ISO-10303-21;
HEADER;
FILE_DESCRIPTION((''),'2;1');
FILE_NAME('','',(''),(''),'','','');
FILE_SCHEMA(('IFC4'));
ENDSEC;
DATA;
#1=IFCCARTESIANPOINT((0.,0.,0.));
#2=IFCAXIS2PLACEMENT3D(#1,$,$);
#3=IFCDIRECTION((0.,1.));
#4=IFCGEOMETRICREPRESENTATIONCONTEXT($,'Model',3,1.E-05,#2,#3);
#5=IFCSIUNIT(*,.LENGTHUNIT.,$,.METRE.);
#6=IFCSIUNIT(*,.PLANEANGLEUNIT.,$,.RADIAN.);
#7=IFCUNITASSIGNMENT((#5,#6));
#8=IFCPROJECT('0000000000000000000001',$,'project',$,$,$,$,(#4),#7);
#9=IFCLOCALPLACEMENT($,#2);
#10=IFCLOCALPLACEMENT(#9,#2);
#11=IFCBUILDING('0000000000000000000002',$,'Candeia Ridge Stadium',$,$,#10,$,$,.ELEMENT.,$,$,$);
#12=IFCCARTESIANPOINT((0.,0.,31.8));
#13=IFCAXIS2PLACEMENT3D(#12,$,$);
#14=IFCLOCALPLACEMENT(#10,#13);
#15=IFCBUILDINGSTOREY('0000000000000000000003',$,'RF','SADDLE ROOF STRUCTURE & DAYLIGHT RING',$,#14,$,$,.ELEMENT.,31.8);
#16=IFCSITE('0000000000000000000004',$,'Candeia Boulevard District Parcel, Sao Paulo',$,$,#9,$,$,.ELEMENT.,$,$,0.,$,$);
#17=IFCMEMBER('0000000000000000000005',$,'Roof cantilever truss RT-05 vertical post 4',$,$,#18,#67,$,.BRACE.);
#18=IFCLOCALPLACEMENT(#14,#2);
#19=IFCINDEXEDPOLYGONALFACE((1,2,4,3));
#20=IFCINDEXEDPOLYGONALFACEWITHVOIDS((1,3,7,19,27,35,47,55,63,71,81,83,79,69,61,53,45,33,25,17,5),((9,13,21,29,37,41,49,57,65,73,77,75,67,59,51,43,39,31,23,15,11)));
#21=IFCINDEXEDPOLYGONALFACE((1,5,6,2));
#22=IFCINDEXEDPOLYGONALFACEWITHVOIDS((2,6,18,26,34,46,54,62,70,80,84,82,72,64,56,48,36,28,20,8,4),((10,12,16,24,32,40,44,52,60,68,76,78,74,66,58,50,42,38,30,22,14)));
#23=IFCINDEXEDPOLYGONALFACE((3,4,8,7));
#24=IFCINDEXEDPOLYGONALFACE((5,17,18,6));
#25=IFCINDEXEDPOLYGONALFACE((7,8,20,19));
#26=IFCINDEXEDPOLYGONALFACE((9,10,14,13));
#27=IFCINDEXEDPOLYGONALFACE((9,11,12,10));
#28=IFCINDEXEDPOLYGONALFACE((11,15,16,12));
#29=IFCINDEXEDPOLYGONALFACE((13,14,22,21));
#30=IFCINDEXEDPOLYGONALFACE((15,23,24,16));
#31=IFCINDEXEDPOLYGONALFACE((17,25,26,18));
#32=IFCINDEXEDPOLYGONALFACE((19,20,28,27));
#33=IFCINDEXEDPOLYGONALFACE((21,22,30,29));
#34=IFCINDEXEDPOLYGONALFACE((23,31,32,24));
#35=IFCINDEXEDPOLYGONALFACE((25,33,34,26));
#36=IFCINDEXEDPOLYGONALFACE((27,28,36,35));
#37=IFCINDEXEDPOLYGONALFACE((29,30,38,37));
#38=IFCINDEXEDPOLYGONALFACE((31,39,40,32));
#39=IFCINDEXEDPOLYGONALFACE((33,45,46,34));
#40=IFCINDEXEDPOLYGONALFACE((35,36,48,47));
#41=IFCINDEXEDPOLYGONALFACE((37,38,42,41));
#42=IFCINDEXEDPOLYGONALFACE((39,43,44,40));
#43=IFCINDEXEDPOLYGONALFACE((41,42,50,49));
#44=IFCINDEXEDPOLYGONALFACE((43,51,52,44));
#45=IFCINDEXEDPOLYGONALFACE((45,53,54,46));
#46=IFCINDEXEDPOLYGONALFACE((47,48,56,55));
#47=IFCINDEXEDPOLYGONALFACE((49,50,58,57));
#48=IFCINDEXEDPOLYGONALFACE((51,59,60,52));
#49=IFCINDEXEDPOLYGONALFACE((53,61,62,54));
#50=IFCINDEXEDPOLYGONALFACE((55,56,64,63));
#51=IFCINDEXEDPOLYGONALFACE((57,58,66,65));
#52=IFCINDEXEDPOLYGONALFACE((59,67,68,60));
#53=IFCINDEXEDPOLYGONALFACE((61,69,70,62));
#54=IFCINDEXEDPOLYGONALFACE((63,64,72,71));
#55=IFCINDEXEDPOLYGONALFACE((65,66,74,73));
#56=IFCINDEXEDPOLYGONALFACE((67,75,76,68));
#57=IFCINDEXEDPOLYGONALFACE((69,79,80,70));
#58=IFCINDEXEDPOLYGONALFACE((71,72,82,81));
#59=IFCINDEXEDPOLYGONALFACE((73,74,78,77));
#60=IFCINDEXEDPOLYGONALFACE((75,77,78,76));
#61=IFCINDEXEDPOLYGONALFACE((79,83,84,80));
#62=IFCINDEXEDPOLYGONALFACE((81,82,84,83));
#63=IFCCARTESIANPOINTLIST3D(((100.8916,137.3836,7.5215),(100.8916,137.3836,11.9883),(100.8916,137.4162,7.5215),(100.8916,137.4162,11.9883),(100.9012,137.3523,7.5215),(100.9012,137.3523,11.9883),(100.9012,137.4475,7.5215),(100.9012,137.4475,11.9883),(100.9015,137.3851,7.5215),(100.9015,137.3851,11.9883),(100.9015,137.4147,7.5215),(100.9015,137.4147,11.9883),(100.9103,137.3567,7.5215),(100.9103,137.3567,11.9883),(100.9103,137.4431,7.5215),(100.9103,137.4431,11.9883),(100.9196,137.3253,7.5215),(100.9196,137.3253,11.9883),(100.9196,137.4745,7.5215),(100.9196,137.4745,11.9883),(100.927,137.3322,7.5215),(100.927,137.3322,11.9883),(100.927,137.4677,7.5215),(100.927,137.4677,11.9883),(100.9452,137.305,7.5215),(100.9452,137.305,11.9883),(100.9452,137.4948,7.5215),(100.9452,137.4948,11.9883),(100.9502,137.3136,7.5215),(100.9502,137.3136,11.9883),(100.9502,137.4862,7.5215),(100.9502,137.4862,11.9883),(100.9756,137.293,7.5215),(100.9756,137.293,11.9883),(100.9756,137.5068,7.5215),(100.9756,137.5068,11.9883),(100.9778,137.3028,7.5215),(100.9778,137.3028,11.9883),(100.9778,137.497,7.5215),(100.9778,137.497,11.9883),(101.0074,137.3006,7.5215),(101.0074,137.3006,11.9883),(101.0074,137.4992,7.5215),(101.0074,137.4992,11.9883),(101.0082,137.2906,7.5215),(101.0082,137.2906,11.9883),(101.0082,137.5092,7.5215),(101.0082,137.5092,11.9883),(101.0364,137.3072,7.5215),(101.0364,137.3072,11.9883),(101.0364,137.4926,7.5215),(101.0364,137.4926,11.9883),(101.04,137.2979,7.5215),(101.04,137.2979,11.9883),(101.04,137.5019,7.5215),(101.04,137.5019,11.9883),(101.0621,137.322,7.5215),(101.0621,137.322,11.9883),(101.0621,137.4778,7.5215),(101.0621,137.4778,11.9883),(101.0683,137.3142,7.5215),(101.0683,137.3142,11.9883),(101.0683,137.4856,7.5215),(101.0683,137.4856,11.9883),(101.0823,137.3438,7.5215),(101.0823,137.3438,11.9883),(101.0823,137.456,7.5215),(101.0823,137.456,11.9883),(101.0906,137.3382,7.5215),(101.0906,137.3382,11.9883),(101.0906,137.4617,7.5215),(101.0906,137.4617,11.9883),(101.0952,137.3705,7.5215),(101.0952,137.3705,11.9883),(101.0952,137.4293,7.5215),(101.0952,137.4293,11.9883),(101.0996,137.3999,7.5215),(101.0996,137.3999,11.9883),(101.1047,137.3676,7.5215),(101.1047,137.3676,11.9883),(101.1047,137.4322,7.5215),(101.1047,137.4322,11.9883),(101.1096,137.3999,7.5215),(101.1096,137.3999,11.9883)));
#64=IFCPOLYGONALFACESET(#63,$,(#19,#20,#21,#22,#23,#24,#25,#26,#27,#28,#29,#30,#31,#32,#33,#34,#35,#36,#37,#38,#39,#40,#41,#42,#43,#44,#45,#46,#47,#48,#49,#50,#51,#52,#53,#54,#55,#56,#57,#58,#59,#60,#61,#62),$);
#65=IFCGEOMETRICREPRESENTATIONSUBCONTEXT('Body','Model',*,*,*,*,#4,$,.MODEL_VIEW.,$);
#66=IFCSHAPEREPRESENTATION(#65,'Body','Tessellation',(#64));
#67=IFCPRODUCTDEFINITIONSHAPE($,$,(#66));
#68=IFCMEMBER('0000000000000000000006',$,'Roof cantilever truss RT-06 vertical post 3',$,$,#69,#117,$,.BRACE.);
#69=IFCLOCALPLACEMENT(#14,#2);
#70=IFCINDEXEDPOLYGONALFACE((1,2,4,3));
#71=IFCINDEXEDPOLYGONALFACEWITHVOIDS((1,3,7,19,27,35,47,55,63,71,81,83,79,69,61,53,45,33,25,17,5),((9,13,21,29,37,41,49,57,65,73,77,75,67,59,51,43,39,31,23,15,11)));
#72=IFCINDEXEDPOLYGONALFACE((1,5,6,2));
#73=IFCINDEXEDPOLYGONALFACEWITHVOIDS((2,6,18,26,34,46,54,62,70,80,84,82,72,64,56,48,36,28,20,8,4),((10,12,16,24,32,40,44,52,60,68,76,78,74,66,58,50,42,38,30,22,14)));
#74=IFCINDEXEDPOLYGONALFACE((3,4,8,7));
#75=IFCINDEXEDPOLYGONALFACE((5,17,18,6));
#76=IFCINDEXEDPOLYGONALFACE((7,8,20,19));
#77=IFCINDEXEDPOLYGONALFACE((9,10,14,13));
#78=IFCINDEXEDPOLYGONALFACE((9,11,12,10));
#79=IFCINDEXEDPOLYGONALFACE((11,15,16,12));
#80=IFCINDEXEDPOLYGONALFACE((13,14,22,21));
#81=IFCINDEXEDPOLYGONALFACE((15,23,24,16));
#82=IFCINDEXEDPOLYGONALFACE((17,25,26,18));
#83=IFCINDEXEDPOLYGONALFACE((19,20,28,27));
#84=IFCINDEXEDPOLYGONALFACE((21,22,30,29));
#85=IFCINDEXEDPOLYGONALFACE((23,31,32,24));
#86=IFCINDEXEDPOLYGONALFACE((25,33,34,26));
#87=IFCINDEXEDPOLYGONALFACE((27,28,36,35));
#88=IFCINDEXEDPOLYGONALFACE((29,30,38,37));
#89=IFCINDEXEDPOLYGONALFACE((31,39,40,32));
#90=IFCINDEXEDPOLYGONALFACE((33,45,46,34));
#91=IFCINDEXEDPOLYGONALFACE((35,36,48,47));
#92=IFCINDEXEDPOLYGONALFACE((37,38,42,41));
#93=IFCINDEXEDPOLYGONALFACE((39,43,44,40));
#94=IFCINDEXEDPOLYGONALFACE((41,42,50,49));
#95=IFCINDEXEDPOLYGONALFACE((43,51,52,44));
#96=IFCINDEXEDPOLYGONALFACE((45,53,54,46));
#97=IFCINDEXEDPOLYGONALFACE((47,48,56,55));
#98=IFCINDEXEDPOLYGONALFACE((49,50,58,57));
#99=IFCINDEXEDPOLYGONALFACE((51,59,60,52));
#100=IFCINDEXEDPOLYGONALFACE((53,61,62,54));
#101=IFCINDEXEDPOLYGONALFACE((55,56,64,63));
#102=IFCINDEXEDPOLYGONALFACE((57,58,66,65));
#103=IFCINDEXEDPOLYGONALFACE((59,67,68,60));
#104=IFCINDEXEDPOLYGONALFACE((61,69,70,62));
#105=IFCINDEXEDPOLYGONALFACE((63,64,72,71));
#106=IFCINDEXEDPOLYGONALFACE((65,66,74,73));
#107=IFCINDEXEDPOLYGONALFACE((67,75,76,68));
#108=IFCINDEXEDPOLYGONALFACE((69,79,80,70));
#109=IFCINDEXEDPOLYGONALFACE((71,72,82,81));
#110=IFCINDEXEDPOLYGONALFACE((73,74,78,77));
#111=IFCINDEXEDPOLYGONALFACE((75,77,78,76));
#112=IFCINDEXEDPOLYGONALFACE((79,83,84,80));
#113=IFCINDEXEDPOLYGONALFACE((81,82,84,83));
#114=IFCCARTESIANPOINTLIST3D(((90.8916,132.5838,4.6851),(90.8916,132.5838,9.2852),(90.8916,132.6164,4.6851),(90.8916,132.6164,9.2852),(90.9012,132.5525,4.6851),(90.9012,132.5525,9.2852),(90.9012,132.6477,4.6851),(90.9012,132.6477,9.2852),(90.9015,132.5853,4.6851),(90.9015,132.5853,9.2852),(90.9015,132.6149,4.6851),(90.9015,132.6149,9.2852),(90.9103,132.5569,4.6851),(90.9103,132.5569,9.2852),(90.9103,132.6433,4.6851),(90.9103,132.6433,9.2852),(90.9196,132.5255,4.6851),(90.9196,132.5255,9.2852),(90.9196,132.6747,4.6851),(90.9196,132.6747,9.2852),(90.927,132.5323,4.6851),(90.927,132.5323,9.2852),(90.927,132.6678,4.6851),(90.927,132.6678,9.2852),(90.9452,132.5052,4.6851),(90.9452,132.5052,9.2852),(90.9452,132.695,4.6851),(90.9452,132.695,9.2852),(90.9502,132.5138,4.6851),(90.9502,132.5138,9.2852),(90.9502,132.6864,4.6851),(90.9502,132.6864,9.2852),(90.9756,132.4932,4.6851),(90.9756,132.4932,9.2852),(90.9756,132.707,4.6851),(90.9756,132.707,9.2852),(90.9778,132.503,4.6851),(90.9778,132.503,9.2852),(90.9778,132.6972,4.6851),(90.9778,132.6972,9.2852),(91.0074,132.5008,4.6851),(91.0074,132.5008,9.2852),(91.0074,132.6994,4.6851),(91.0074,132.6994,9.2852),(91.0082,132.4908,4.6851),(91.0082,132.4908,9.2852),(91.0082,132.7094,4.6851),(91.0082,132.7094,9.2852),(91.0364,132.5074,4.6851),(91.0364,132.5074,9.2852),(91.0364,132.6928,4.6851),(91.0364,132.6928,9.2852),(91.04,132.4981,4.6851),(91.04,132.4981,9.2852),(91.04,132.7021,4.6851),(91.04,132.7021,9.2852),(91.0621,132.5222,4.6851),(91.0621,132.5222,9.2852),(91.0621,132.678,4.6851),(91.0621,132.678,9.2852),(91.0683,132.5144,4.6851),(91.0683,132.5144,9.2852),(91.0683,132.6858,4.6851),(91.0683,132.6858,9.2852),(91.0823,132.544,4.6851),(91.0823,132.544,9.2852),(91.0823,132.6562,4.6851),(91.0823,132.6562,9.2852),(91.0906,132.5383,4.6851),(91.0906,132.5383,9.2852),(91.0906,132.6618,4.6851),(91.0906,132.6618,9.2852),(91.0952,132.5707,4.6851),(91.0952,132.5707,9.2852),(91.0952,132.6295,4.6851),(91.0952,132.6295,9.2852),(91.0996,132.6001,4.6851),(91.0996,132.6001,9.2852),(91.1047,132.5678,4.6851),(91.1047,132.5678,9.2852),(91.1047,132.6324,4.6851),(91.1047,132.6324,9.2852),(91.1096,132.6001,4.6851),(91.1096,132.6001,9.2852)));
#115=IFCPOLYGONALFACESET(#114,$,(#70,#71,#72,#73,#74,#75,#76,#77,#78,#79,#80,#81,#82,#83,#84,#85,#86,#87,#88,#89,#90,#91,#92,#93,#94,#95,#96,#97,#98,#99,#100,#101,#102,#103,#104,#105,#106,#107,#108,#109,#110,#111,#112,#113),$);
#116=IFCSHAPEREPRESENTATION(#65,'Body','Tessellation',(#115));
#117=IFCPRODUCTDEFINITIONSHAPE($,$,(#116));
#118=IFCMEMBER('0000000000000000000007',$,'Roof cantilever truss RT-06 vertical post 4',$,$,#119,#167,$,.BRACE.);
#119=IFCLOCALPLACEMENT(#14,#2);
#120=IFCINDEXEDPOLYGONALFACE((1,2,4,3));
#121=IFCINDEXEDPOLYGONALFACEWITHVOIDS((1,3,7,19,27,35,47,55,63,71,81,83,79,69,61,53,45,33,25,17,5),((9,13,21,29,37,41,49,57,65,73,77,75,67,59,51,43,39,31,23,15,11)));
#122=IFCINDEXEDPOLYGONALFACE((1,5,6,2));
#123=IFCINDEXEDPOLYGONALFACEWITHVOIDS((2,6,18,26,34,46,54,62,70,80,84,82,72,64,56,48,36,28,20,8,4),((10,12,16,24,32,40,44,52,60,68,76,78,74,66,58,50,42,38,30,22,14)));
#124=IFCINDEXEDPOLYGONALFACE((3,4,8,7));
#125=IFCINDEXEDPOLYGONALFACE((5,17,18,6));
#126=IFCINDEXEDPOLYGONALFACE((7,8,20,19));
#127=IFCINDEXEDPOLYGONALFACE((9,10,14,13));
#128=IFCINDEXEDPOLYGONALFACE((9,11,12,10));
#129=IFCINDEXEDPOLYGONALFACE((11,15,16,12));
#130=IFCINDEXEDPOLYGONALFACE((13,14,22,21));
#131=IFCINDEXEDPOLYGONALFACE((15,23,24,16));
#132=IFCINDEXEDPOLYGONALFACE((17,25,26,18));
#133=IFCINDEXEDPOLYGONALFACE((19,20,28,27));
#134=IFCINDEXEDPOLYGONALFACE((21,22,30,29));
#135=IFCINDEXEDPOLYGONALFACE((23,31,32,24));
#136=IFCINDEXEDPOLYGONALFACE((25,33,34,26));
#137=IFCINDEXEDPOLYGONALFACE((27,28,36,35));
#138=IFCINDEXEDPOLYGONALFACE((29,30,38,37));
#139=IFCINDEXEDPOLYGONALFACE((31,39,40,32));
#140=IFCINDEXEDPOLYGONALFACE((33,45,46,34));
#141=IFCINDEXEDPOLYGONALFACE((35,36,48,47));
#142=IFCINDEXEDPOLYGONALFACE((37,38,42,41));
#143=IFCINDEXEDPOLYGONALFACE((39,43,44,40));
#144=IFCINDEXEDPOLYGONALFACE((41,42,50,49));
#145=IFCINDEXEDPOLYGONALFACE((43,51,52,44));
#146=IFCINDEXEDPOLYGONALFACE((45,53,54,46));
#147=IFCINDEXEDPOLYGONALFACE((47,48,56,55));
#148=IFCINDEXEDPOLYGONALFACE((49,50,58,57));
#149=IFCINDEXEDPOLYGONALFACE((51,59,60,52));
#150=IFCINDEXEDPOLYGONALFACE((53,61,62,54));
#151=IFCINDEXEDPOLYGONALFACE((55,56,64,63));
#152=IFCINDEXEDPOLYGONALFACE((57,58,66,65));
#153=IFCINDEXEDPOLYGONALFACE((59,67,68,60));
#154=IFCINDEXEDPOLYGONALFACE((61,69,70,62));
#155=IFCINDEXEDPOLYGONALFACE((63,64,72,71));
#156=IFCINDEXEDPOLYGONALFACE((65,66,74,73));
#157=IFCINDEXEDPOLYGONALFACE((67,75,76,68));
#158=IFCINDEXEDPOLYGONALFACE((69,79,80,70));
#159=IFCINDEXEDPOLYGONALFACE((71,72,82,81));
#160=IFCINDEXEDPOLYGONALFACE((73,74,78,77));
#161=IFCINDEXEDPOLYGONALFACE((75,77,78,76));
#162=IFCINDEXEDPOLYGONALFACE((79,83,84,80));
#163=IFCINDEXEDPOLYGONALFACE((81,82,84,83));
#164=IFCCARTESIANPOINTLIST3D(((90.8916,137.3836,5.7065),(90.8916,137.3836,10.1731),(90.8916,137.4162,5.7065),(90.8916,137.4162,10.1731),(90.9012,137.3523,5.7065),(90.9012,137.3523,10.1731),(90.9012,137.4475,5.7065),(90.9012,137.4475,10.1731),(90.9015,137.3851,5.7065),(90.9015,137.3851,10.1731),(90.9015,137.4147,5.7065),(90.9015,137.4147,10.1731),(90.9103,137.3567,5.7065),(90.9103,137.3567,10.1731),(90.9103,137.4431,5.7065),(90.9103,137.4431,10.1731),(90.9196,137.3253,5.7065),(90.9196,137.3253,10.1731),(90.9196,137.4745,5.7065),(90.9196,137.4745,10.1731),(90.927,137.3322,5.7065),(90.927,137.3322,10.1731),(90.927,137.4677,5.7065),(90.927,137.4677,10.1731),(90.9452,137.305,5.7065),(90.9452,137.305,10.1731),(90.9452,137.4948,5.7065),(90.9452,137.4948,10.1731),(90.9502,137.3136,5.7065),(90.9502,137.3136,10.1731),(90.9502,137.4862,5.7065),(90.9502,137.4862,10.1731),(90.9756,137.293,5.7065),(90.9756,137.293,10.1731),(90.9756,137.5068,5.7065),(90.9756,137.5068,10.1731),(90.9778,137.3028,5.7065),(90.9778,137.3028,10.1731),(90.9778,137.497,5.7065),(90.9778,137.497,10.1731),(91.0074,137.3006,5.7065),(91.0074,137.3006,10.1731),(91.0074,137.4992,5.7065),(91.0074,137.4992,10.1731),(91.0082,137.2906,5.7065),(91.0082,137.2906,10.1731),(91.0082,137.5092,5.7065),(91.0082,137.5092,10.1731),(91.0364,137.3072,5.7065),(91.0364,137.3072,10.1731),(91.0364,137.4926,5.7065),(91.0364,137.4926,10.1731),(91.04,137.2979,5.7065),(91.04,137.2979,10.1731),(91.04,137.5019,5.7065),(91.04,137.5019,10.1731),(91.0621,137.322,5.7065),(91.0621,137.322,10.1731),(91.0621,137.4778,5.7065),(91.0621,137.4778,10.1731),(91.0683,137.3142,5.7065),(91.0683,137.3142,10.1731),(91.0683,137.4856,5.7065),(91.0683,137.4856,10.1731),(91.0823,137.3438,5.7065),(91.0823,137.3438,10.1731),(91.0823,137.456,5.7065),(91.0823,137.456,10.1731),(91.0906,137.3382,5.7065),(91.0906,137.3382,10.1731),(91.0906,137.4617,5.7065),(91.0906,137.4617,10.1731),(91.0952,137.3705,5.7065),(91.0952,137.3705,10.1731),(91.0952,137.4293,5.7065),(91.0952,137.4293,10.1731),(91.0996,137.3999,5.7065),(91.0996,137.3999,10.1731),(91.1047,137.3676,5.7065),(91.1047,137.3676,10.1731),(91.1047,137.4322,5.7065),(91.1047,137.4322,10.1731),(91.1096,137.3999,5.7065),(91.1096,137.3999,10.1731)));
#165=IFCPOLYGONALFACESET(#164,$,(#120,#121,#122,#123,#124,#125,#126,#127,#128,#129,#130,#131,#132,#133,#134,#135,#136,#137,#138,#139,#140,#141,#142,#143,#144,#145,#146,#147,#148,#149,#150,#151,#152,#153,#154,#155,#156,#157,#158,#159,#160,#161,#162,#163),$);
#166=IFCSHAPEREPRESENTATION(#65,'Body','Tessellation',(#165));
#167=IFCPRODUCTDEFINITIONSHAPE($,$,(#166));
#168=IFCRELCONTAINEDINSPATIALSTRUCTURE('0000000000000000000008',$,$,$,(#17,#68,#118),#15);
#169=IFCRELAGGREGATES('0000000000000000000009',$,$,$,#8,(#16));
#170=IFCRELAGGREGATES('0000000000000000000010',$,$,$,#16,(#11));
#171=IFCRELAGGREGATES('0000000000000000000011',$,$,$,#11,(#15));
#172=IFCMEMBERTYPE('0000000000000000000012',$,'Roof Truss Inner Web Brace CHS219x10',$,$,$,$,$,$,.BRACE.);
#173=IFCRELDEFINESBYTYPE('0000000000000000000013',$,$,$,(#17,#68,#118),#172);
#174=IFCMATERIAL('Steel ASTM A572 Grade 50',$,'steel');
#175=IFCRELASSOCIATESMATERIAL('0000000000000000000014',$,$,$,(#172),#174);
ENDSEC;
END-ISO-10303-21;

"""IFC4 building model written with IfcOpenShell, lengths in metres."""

from ifc_helpers import new_model, si_unit, direction, frame, origin, origin_2d, place, context, subcontext, project, spatial, hollow_circle, extrude, material, material_profile, profile_set, type_object, element, save


model = new_model("IFC4")

# Units and contexts
model_context = context("Model", 3, precision=1e-05, world=origin(), true_north=direction((0.0, 1.0)))
body_context = subcontext(model_context, "Body", "Model", "MODEL_VIEW")
ifc_project = project(units=[si_unit("LENGTHUNIT", "METRE"), si_unit("PLANEANGLEUNIT", "RADIAN")], contexts=[model_context])

# Site, building, storey
site_placement = place(None, origin())
site = spatial("IfcSite", under=ifc_project, at=site_placement, Name="Candeia Boulevard District Parcel, Sao Paulo", CompositionType="ELEMENT", RefElevation=0.0)
building_placement = place(site_placement, origin())
building = spatial("IfcBuilding", under=site, at=building_placement, Name="Candeia Ridge Stadium", CompositionType="ELEMENT")
storey_placement = place(building_placement, frame((0.0, 0.0, 31.8)))
storey = spatial("IfcBuildingStorey", under=building, at=storey_placement, Name="RF", Description="SADDLE ROOF STRUCTURE & DAYLIGHT RING", CompositionType="ELEMENT", Elevation=31.8)

# Shared definitions
ifc_material = material(Name="Steel ASTM A572 Grade 50", Category="steel")

# Members
ifc_material_profile_1 = material_profile(ifc_material, hollow_circle(Radius=0.1096, WallThickness=0.01, at=origin_2d()), Name="CHS219x10", Category="steel")
ifc_profile_set_1 = profile_set([ifc_material_profile_1], Name="Steel ASTM A572 Grade 50")
member_type_1 = type_object("IfcMemberType", Name="Roof Truss Inner Web Brace CHS219x10", PredefinedType="BRACE", material=ifc_profile_set_1)
member_1_placement = place(storey_placement, frame((101.0, 137.3999, 7.5215), z_axis=(0.0, 0.0, 1.0), x_axis=(1.0, 0.0, 0.0)))
element("IfcMember", 1, at=member_1_placement, inside=storey, type_object=member_type_1, Name="Roof cantilever truss RT-05 vertical post 4", PredefinedType="BRACE", context=body_context, shape_type="SweptSolid", body=[
    extrude(hollow_circle(Radius=0.1096, WallThickness=0.01, at=origin_2d()), origin(), (0.0, 0.0, 1.0), 4.4668),
])
member_2_placement = place(storey_placement, frame((91.0, 132.6001, 4.6851), z_axis=(0.0, 0.0, 1.0), x_axis=(1.0, 0.0, 0.0)))
element("IfcMember", 2, at=member_2_placement, inside=storey, type_object=member_type_1, Name="Roof cantilever truss RT-06 vertical post 3", PredefinedType="BRACE", context=body_context, shape_type="SweptSolid", body=[
    extrude(hollow_circle(Radius=0.1096, WallThickness=0.01, at=origin_2d()), origin(), (0.0, 0.0, 1.0), 4.6001),
])
member_3_placement = place(storey_placement, frame((91.0, 137.3999, 5.7065), z_axis=(0.0, 0.0, 1.0), x_axis=(1.0, 0.0, 0.0)))
element("IfcMember", 3, at=member_3_placement, inside=storey, type_object=member_type_1, Name="Roof cantilever truss RT-06 vertical post 4", PredefinedType="BRACE", context=body_context, shape_type="SweptSolid", body=[
    extrude(hollow_circle(Radius=0.1096, WallThickness=0.01, at=origin_2d()), origin(), (0.0, 0.0, 1.0), 4.4666),
])

save(model, "model.ifc")
